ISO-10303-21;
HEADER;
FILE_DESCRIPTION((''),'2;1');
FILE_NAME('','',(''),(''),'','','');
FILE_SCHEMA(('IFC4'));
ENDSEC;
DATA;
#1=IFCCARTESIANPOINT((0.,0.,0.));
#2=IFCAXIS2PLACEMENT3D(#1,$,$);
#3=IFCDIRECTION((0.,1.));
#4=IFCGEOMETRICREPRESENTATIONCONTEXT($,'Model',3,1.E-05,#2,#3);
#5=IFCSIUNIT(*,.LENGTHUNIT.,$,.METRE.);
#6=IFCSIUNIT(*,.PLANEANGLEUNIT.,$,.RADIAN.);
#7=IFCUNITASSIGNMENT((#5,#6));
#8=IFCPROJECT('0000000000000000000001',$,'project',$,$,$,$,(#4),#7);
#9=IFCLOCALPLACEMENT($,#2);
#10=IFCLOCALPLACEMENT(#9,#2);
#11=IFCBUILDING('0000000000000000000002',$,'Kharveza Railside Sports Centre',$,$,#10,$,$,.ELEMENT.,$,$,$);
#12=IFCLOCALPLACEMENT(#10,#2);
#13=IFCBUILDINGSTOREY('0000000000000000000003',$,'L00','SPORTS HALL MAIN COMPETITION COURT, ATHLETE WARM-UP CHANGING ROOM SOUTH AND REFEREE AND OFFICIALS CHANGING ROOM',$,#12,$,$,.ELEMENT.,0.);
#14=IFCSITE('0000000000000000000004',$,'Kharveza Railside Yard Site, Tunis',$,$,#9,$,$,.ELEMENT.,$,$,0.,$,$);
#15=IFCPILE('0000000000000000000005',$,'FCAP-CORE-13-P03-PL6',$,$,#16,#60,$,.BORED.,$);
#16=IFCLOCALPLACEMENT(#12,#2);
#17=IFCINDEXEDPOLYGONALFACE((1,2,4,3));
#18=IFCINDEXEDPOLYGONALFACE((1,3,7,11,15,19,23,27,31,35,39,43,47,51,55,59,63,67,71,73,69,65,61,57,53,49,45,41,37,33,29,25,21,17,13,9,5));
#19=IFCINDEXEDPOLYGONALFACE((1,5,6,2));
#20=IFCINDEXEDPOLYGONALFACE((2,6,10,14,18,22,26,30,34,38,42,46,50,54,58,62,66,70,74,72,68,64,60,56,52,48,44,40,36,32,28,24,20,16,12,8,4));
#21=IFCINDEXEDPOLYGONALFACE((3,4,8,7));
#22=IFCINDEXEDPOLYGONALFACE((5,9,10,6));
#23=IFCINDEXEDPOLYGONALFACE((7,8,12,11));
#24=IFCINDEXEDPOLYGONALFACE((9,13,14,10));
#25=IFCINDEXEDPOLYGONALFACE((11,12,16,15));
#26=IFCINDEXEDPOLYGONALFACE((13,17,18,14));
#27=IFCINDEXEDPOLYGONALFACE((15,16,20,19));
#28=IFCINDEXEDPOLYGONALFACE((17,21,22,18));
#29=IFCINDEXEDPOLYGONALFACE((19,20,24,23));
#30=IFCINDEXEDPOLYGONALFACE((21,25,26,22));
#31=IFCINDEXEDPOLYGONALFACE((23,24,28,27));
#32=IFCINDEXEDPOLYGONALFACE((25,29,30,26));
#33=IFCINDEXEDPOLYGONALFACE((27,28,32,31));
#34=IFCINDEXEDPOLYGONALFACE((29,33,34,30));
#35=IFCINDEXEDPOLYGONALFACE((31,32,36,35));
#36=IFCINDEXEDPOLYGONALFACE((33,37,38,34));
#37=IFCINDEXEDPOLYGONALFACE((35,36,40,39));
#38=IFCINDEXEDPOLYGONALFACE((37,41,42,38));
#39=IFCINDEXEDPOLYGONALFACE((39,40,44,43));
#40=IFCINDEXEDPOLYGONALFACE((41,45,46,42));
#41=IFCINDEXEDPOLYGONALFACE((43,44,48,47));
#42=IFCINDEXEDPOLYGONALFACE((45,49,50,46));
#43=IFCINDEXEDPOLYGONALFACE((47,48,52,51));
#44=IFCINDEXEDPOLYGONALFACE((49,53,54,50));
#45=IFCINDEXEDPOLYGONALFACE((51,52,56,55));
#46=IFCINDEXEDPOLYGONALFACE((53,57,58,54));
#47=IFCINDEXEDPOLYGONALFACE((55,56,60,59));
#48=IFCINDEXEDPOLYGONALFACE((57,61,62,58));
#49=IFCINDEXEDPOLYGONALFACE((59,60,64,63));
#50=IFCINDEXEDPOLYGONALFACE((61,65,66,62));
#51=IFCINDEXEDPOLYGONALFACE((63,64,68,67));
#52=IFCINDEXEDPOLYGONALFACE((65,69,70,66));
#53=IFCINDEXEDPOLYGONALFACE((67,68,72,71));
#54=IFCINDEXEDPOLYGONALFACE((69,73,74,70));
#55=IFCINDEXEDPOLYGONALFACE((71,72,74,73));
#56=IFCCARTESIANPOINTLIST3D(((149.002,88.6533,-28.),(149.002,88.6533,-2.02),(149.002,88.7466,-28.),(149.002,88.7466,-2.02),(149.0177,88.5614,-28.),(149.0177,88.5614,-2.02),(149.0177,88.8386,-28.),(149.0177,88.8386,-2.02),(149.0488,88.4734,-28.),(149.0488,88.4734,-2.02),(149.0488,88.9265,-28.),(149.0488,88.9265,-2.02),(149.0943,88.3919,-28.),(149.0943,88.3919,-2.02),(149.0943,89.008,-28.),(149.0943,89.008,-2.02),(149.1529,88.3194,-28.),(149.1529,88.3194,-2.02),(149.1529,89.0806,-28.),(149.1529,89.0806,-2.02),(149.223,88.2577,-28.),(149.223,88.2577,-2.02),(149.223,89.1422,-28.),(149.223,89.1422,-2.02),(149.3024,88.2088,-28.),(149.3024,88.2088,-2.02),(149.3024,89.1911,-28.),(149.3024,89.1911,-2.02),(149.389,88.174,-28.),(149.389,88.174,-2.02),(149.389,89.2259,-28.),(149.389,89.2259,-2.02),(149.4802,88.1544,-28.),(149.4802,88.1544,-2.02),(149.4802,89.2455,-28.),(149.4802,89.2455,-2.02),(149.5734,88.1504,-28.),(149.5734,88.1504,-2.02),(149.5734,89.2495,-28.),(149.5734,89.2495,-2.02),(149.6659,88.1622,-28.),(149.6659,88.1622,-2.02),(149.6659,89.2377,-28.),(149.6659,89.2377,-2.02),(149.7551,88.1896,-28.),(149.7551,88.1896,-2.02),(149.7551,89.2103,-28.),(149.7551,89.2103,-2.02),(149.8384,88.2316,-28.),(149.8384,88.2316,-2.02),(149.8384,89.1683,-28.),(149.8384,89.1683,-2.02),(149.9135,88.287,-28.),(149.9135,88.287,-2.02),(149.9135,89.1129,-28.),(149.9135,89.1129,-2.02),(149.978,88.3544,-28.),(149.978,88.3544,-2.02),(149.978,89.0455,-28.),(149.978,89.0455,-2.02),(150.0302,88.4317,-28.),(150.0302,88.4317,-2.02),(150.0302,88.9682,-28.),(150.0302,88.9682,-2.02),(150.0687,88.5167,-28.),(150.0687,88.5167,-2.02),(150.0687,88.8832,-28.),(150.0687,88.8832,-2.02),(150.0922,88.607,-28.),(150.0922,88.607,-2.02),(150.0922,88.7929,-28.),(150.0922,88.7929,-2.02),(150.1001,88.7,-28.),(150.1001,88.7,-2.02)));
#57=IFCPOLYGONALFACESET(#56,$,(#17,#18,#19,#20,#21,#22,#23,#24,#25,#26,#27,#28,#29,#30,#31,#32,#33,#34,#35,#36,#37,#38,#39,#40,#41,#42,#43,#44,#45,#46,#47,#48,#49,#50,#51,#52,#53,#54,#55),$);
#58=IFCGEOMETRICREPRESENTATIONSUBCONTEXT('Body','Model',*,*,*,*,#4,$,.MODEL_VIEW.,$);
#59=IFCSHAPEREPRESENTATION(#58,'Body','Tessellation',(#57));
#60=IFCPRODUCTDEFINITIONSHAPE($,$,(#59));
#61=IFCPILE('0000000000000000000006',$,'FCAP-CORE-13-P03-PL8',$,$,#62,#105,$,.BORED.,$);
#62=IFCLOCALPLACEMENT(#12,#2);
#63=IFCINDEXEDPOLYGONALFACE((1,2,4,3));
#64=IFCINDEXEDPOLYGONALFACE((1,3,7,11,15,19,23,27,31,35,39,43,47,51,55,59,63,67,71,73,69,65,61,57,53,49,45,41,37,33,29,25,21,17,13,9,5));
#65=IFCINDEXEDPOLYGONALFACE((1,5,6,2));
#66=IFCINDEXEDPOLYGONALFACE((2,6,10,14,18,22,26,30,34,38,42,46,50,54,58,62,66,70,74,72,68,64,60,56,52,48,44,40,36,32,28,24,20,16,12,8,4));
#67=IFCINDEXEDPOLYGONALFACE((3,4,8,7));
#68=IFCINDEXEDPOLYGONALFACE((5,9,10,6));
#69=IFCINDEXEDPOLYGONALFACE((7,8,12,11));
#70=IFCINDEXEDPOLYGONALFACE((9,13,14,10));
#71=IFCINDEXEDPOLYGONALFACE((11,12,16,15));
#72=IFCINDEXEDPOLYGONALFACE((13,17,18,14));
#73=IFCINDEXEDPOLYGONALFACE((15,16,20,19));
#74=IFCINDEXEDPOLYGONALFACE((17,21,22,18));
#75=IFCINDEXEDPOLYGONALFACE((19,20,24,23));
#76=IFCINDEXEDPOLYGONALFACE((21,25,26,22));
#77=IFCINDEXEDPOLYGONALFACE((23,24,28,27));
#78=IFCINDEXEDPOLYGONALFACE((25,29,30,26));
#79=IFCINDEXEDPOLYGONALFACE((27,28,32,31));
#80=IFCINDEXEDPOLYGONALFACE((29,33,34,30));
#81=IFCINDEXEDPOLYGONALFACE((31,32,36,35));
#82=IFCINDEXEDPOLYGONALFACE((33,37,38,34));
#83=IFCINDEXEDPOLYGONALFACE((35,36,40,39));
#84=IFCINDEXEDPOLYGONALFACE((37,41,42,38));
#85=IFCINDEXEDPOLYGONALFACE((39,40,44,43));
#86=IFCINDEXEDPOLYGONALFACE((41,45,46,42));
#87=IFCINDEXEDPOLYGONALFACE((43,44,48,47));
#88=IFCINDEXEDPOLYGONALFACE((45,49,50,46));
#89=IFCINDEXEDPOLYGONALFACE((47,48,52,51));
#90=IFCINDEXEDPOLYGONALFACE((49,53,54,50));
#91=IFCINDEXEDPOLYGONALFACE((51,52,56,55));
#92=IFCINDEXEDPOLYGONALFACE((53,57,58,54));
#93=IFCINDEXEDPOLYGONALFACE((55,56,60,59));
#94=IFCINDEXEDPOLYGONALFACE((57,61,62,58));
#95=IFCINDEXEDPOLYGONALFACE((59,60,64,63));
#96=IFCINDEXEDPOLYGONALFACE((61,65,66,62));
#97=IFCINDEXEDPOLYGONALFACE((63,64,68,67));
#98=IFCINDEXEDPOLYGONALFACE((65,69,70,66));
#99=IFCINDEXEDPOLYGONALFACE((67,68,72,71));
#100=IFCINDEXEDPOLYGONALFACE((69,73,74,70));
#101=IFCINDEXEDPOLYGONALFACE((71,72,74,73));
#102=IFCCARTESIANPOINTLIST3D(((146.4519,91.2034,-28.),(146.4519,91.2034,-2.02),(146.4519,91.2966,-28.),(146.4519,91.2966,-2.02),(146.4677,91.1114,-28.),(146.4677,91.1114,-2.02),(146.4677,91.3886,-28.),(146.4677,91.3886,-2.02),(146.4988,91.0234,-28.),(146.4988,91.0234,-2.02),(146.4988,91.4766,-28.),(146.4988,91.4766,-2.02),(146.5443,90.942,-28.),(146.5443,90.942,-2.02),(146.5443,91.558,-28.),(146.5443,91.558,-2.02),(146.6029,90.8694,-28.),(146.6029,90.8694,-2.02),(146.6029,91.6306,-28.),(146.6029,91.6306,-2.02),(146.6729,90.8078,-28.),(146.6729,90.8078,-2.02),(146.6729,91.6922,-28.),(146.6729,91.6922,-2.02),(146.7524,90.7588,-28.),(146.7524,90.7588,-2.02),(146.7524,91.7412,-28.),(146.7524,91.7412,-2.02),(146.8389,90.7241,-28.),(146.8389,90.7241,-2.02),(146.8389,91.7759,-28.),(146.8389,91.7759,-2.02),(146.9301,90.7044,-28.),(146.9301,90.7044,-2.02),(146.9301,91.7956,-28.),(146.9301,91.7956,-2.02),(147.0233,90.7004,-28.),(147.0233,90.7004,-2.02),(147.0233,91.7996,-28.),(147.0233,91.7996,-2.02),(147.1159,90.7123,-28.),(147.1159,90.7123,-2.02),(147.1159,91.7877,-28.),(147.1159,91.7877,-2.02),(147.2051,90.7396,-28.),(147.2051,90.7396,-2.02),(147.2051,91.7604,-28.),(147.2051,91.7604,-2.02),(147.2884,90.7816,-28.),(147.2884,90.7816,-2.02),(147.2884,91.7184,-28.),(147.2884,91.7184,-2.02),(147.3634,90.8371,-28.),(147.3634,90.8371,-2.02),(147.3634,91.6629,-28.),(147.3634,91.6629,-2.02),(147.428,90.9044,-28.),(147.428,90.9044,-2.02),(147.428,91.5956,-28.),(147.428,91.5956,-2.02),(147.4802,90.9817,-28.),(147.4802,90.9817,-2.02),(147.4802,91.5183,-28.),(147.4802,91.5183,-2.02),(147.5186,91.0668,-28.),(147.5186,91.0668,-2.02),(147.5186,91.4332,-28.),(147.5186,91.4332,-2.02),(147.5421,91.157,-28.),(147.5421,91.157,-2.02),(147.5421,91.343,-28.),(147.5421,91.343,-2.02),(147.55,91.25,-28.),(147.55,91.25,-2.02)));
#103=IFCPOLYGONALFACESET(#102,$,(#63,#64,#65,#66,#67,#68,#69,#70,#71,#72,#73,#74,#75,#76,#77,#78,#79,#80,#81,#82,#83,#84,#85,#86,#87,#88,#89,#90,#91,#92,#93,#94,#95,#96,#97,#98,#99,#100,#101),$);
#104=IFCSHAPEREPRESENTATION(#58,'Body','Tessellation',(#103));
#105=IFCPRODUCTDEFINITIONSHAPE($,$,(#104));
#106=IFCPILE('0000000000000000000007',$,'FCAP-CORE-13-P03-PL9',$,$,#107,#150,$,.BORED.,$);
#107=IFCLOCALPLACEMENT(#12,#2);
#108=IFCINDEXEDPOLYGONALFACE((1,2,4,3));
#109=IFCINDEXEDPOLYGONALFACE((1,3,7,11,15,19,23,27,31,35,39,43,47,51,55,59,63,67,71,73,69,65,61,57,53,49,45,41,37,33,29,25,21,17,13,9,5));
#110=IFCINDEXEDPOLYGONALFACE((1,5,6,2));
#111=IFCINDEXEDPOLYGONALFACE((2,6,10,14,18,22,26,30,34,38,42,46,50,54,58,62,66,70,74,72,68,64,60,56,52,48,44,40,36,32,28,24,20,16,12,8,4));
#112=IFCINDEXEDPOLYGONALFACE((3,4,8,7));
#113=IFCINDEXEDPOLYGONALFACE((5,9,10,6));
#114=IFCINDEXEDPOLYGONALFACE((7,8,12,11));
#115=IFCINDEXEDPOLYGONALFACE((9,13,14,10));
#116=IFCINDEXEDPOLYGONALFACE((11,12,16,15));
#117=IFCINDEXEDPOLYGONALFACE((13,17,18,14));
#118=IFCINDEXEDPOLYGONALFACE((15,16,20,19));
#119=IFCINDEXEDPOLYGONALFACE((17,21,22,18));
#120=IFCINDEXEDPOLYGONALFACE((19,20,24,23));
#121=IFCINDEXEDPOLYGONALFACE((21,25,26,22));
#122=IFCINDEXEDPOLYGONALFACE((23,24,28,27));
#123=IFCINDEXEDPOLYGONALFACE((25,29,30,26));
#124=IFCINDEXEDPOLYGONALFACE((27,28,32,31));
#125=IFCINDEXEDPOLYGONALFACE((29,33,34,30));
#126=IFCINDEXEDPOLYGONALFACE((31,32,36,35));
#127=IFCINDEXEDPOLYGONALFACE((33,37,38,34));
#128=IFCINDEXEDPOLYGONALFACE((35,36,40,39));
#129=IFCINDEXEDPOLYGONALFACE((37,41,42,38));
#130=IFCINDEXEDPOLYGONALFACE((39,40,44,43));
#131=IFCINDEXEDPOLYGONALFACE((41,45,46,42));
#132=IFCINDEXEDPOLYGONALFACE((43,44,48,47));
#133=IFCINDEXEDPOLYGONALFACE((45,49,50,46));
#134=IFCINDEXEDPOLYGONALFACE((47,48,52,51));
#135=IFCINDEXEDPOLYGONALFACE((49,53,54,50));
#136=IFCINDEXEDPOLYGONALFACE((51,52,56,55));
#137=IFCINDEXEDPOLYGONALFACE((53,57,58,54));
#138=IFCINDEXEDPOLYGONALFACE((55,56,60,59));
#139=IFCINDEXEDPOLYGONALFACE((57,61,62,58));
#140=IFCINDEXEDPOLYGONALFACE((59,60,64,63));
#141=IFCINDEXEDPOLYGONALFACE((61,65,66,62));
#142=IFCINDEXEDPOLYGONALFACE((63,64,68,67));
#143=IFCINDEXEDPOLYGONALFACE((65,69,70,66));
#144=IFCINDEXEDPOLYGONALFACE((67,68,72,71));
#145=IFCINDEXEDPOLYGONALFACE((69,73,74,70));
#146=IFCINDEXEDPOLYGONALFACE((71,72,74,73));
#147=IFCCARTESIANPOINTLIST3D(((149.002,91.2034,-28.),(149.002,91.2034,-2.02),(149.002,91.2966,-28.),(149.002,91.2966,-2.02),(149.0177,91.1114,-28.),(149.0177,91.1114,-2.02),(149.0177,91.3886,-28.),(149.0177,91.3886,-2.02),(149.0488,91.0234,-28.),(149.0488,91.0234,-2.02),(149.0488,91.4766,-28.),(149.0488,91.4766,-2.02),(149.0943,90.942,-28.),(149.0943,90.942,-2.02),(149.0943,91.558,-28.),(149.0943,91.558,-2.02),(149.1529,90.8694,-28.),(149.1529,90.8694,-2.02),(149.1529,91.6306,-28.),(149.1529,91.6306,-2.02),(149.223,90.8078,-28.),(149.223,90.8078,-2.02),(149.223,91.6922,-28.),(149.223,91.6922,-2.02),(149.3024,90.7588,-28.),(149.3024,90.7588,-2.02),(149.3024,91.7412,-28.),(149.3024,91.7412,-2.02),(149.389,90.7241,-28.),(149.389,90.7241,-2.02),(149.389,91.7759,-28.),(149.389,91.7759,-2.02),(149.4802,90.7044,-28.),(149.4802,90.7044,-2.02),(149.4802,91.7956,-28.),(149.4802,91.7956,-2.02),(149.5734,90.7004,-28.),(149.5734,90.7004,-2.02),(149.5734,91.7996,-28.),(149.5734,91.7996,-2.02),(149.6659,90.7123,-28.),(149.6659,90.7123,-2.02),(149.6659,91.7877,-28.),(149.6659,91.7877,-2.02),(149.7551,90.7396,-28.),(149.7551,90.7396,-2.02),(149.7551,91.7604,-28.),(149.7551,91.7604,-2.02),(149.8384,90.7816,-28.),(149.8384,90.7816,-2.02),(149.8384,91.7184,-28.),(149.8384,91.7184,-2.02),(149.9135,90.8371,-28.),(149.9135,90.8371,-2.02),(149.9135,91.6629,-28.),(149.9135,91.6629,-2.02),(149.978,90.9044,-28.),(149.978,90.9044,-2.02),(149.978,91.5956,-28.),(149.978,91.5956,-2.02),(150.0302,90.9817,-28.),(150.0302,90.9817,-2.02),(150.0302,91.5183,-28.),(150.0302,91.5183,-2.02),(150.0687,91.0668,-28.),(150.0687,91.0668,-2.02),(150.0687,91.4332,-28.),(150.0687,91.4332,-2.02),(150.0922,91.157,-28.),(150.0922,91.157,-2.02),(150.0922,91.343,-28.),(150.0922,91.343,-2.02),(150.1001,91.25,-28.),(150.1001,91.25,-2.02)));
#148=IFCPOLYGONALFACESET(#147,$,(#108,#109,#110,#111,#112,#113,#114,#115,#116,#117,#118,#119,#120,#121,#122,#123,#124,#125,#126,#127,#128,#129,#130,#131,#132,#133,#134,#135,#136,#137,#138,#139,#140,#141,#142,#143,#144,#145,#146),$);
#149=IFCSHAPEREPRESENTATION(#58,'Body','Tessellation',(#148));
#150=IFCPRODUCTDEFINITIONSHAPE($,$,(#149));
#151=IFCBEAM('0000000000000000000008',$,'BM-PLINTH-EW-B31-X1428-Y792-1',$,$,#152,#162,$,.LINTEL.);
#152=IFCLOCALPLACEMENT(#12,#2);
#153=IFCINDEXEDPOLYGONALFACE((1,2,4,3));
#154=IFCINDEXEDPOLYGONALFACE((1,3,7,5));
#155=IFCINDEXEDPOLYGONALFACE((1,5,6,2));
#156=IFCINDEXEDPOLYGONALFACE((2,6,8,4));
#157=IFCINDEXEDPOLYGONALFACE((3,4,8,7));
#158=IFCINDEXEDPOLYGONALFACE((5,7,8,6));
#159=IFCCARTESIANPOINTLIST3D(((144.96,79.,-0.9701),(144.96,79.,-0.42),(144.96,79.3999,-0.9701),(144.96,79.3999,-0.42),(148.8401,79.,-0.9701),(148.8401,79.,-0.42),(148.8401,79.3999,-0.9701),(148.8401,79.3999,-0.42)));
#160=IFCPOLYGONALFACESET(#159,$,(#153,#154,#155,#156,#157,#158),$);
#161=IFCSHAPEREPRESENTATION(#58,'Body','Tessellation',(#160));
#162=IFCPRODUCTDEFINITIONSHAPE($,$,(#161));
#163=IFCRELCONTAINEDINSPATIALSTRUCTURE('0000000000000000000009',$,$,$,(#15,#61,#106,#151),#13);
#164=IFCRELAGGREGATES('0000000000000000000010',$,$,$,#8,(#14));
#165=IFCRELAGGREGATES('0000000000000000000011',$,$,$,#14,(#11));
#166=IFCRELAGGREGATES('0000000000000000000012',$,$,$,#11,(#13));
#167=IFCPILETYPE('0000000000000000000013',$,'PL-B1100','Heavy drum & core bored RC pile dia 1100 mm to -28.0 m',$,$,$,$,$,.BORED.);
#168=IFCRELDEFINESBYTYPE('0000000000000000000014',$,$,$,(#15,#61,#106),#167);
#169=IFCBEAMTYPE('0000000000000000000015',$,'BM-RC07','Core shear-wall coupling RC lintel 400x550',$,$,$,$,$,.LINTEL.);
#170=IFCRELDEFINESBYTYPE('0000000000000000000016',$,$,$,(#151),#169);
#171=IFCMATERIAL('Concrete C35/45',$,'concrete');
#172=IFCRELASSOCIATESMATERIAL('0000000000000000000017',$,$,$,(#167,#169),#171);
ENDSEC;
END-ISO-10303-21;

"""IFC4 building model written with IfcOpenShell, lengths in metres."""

from ifc_helpers import new_model, si_unit, direction, frame, origin, origin_2d, place, context, subcontext, project, spatial, rectangle, circle, extrude, material, material_profile, profile_set, type_object, element, save


model = new_model("IFC4")

# Units and contexts
model_context = context("Model", 3, precision=1e-05, world=origin(), true_north=direction((0.0, 1.0)))
body_context = subcontext(model_context, "Body", "Model", "MODEL_VIEW")
ifc_project = project(units=[si_unit("LENGTHUNIT", "METRE"), si_unit("PLANEANGLEUNIT", "RADIAN")], contexts=[model_context])

# Site, building, storey
site_placement = place(None, origin())
site = spatial("IfcSite", under=ifc_project, at=site_placement, Name="Kharveza Railside Yard Site, Tunis", CompositionType="ELEMENT", RefElevation=0.0)
building_placement = place(site_placement, origin())
building = spatial("IfcBuilding", under=site, at=building_placement, Name="Kharveza Railside Sports Centre", CompositionType="ELEMENT")
storey_placement = place(building_placement, origin())
storey = spatial("IfcBuildingStorey", under=building, at=storey_placement, Name="L00", Description="SPORTS HALL MAIN COMPETITION COURT, ATHLETE WARM-UP CHANGING ROOM SOUTH AND REFEREE AND OFFICIALS CHANGING ROOM", CompositionType="ELEMENT", Elevation=0.0)

# Shared definitions
ifc_material_1 = material(Name="Concrete C35/45", Category="concrete")

# Piles
ifc_material_profile_1 = material_profile(ifc_material_1, circle(Radius=0.55, at=origin_2d()), Name="PILE D1100")
ifc_profile_set_1 = profile_set([ifc_material_profile_1], Name="Concrete C35/45")
pile_type_1 = type_object("IfcPileType", Name="PL-B1100", Description="Heavy drum & core bored RC pile dia 1100 mm to -28.0 m", PredefinedType="BORED", material=ifc_profile_set_1)
for number, where, z_axis, x_axis, name in (
    (1, (149.55, 88.7, -2.02), (0.0, 0.0, -1.0), (1.0, 0.0, 0.0), "FCAP-CORE-13-P03-PL6"),
    (2, (147.0, 91.25, -2.02), (0.0, 0.0, -1.0), (1.0, 0.0, 0.0), "FCAP-CORE-13-P03-PL8"),
    (3, (149.55, 91.25, -2.02), (0.0, 0.0, -1.0), (1.0, 0.0, 0.0), "FCAP-CORE-13-P03-PL9"),
):
    element("IfcPile", number, at=place(storey_placement, frame(where, z_axis=z_axis, x_axis=x_axis)), inside=storey, type_object=pile_type_1, Name=name, PredefinedType="BORED", context=body_context, shape_type="SweptSolid", body=[
        extrude(circle(Radius=0.55, at=origin_2d()), origin(), (0.0, 0.0, 1.0), 25.98),
    ])

# Beam
ifc_material_profile_2 = material_profile(ifc_material_1, rectangle(XDim=0.3999, YDim=0.55, at=origin_2d()), Name="RCB 400x550")
ifc_profile_set_2 = profile_set([ifc_material_profile_2], Name="Concrete C35/45")
beam_type_1 = type_object("IfcBeamType", Name="BM-RC07", Description="Core shear-wall coupling RC lintel 400x550", PredefinedType="LINTEL", material=ifc_profile_set_2)
beam_placement = place(storey_placement, frame((144.96, 79.2, -0.6951), z_axis=(1.0, 0.0, 0.0), x_axis=(0.0, 1.0, 0.0)))
element("IfcBeam", 4, at=beam_placement, inside=storey, type_object=beam_type_1, Name="BM-PLINTH-EW-B31-X1428-Y792-1", PredefinedType="LINTEL", context=body_context, shape_type="SweptSolid", body=[
    extrude(rectangle(XDim=0.3999, YDim=0.55, at=origin_2d()), origin(), (0.0, 0.0, 1.0), 3.8801),
])

save(model, "model.ifc")
